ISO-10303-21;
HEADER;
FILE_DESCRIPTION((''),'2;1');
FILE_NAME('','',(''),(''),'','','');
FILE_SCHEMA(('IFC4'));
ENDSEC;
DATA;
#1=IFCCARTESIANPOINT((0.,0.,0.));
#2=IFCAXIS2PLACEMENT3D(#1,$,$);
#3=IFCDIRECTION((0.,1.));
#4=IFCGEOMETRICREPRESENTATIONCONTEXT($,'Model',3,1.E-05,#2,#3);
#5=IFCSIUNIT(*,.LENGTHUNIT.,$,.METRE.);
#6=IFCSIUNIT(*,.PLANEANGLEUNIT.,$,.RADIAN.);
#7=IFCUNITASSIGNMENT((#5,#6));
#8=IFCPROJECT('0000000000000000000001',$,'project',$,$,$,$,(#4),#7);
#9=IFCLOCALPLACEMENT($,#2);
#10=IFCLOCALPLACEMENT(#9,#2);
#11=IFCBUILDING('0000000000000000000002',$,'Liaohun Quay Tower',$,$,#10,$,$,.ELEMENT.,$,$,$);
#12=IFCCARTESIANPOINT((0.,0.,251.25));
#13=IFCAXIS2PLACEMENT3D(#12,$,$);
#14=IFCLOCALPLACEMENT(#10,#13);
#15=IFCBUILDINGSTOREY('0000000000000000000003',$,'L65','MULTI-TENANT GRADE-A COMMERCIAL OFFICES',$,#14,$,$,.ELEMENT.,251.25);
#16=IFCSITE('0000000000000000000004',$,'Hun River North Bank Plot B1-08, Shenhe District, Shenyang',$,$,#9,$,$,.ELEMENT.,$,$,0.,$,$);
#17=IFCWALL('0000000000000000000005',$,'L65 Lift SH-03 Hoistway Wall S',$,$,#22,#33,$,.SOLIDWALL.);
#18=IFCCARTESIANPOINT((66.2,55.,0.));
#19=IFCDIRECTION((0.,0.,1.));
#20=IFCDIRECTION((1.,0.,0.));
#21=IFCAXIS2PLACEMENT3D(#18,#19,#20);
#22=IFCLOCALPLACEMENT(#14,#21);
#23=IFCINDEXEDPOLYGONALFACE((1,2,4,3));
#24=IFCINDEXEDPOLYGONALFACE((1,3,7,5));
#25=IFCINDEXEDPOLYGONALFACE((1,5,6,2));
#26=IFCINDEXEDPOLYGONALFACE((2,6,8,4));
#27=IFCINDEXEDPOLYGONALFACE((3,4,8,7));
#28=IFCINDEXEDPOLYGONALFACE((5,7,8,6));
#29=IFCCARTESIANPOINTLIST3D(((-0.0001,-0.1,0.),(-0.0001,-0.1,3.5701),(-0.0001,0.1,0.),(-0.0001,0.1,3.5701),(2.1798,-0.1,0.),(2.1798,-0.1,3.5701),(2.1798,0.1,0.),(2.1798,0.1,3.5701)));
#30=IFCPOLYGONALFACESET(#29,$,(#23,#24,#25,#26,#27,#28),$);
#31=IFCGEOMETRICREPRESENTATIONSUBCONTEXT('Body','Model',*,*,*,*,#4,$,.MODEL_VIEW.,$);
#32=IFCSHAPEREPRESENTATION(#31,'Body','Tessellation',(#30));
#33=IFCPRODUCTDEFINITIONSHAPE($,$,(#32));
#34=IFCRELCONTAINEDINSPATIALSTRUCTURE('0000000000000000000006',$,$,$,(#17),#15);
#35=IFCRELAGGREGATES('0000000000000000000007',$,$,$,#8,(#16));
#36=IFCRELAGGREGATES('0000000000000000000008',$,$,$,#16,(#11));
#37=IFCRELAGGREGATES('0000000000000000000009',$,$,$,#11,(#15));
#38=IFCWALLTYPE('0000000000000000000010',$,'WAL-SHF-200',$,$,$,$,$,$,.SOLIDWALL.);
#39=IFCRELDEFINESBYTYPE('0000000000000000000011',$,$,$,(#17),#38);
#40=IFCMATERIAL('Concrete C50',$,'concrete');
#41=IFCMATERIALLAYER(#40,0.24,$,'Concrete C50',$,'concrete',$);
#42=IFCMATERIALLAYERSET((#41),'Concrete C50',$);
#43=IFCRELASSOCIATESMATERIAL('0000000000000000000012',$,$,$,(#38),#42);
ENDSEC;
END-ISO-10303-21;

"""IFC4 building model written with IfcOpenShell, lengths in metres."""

from ifc_helpers import new_model, si_unit, direction, frame, frame_2d, origin, place, context, subcontext, project, spatial, rectangle, extrude, material, layer, layer_set, type_object, element, save


model = new_model("IFC4")

# Units and contexts
model_context = context("Model", 3, precision=1e-05, world=origin(), true_north=direction((0.0, 1.0)))
body_context = subcontext(model_context, "Body", "Model", "MODEL_VIEW")
ifc_project = project(units=[si_unit("LENGTHUNIT", "METRE"), si_unit("PLANEANGLEUNIT", "RADIAN")], contexts=[model_context])

# Site, building, storey
site_placement = place(None, origin())
site = spatial("IfcSite", under=ifc_project, at=site_placement, Name="Hun River North Bank Plot B1-08, Shenhe District, Shenyang", CompositionType="ELEMENT", RefElevation=0.0)
building_placement = place(site_placement, origin())
building = spatial("IfcBuilding", under=site, at=building_placement, Name="Liaohun Quay Tower", CompositionType="ELEMENT")
storey_placement = place(building_placement, frame((0.0, 0.0, 251.25)))
storey = spatial("IfcBuildingStorey", under=building, at=storey_placement, Name="L65", Description="MULTI-TENANT GRADE-A COMMERCIAL OFFICES", CompositionType="ELEMENT", Elevation=251.25)

# Shared definitions
ifc_material_1 = material(Name="Concrete C50", Category="concrete")
ifc_layer_1 = layer(ifc_material_1, 0.24, Name="Concrete C50", Category="concrete")
ifc_layer_set_1 = layer_set([ifc_layer_1], Name="Concrete C50")
wall_type_1 = type_object("IfcWallType", Name="WAL-SHF-200", PredefinedType="SOLIDWALL", material=ifc_layer_set_1)

# Wall
wall_1_placement = place(storey_placement, frame((66.2, 55.0, 0.0), z_axis=(0.0, 0.0, 1.0), x_axis=(1.0, 0.0, 0.0)))
element("IfcWall", 1, at=wall_1_placement, inside=storey, type_object=wall_type_1, Name="L65 Lift SH-03 Hoistway Wall S", PredefinedType="SOLIDWALL", context=body_context, shape_type="SweptSolid", body=[
    extrude(rectangle(XDim=2.1799, YDim=0.2, at=frame_2d((1.0898, 0.0))), origin(), (0.0, 0.0, 1.0), 3.5701),
])

save(model, "model.ifc")
